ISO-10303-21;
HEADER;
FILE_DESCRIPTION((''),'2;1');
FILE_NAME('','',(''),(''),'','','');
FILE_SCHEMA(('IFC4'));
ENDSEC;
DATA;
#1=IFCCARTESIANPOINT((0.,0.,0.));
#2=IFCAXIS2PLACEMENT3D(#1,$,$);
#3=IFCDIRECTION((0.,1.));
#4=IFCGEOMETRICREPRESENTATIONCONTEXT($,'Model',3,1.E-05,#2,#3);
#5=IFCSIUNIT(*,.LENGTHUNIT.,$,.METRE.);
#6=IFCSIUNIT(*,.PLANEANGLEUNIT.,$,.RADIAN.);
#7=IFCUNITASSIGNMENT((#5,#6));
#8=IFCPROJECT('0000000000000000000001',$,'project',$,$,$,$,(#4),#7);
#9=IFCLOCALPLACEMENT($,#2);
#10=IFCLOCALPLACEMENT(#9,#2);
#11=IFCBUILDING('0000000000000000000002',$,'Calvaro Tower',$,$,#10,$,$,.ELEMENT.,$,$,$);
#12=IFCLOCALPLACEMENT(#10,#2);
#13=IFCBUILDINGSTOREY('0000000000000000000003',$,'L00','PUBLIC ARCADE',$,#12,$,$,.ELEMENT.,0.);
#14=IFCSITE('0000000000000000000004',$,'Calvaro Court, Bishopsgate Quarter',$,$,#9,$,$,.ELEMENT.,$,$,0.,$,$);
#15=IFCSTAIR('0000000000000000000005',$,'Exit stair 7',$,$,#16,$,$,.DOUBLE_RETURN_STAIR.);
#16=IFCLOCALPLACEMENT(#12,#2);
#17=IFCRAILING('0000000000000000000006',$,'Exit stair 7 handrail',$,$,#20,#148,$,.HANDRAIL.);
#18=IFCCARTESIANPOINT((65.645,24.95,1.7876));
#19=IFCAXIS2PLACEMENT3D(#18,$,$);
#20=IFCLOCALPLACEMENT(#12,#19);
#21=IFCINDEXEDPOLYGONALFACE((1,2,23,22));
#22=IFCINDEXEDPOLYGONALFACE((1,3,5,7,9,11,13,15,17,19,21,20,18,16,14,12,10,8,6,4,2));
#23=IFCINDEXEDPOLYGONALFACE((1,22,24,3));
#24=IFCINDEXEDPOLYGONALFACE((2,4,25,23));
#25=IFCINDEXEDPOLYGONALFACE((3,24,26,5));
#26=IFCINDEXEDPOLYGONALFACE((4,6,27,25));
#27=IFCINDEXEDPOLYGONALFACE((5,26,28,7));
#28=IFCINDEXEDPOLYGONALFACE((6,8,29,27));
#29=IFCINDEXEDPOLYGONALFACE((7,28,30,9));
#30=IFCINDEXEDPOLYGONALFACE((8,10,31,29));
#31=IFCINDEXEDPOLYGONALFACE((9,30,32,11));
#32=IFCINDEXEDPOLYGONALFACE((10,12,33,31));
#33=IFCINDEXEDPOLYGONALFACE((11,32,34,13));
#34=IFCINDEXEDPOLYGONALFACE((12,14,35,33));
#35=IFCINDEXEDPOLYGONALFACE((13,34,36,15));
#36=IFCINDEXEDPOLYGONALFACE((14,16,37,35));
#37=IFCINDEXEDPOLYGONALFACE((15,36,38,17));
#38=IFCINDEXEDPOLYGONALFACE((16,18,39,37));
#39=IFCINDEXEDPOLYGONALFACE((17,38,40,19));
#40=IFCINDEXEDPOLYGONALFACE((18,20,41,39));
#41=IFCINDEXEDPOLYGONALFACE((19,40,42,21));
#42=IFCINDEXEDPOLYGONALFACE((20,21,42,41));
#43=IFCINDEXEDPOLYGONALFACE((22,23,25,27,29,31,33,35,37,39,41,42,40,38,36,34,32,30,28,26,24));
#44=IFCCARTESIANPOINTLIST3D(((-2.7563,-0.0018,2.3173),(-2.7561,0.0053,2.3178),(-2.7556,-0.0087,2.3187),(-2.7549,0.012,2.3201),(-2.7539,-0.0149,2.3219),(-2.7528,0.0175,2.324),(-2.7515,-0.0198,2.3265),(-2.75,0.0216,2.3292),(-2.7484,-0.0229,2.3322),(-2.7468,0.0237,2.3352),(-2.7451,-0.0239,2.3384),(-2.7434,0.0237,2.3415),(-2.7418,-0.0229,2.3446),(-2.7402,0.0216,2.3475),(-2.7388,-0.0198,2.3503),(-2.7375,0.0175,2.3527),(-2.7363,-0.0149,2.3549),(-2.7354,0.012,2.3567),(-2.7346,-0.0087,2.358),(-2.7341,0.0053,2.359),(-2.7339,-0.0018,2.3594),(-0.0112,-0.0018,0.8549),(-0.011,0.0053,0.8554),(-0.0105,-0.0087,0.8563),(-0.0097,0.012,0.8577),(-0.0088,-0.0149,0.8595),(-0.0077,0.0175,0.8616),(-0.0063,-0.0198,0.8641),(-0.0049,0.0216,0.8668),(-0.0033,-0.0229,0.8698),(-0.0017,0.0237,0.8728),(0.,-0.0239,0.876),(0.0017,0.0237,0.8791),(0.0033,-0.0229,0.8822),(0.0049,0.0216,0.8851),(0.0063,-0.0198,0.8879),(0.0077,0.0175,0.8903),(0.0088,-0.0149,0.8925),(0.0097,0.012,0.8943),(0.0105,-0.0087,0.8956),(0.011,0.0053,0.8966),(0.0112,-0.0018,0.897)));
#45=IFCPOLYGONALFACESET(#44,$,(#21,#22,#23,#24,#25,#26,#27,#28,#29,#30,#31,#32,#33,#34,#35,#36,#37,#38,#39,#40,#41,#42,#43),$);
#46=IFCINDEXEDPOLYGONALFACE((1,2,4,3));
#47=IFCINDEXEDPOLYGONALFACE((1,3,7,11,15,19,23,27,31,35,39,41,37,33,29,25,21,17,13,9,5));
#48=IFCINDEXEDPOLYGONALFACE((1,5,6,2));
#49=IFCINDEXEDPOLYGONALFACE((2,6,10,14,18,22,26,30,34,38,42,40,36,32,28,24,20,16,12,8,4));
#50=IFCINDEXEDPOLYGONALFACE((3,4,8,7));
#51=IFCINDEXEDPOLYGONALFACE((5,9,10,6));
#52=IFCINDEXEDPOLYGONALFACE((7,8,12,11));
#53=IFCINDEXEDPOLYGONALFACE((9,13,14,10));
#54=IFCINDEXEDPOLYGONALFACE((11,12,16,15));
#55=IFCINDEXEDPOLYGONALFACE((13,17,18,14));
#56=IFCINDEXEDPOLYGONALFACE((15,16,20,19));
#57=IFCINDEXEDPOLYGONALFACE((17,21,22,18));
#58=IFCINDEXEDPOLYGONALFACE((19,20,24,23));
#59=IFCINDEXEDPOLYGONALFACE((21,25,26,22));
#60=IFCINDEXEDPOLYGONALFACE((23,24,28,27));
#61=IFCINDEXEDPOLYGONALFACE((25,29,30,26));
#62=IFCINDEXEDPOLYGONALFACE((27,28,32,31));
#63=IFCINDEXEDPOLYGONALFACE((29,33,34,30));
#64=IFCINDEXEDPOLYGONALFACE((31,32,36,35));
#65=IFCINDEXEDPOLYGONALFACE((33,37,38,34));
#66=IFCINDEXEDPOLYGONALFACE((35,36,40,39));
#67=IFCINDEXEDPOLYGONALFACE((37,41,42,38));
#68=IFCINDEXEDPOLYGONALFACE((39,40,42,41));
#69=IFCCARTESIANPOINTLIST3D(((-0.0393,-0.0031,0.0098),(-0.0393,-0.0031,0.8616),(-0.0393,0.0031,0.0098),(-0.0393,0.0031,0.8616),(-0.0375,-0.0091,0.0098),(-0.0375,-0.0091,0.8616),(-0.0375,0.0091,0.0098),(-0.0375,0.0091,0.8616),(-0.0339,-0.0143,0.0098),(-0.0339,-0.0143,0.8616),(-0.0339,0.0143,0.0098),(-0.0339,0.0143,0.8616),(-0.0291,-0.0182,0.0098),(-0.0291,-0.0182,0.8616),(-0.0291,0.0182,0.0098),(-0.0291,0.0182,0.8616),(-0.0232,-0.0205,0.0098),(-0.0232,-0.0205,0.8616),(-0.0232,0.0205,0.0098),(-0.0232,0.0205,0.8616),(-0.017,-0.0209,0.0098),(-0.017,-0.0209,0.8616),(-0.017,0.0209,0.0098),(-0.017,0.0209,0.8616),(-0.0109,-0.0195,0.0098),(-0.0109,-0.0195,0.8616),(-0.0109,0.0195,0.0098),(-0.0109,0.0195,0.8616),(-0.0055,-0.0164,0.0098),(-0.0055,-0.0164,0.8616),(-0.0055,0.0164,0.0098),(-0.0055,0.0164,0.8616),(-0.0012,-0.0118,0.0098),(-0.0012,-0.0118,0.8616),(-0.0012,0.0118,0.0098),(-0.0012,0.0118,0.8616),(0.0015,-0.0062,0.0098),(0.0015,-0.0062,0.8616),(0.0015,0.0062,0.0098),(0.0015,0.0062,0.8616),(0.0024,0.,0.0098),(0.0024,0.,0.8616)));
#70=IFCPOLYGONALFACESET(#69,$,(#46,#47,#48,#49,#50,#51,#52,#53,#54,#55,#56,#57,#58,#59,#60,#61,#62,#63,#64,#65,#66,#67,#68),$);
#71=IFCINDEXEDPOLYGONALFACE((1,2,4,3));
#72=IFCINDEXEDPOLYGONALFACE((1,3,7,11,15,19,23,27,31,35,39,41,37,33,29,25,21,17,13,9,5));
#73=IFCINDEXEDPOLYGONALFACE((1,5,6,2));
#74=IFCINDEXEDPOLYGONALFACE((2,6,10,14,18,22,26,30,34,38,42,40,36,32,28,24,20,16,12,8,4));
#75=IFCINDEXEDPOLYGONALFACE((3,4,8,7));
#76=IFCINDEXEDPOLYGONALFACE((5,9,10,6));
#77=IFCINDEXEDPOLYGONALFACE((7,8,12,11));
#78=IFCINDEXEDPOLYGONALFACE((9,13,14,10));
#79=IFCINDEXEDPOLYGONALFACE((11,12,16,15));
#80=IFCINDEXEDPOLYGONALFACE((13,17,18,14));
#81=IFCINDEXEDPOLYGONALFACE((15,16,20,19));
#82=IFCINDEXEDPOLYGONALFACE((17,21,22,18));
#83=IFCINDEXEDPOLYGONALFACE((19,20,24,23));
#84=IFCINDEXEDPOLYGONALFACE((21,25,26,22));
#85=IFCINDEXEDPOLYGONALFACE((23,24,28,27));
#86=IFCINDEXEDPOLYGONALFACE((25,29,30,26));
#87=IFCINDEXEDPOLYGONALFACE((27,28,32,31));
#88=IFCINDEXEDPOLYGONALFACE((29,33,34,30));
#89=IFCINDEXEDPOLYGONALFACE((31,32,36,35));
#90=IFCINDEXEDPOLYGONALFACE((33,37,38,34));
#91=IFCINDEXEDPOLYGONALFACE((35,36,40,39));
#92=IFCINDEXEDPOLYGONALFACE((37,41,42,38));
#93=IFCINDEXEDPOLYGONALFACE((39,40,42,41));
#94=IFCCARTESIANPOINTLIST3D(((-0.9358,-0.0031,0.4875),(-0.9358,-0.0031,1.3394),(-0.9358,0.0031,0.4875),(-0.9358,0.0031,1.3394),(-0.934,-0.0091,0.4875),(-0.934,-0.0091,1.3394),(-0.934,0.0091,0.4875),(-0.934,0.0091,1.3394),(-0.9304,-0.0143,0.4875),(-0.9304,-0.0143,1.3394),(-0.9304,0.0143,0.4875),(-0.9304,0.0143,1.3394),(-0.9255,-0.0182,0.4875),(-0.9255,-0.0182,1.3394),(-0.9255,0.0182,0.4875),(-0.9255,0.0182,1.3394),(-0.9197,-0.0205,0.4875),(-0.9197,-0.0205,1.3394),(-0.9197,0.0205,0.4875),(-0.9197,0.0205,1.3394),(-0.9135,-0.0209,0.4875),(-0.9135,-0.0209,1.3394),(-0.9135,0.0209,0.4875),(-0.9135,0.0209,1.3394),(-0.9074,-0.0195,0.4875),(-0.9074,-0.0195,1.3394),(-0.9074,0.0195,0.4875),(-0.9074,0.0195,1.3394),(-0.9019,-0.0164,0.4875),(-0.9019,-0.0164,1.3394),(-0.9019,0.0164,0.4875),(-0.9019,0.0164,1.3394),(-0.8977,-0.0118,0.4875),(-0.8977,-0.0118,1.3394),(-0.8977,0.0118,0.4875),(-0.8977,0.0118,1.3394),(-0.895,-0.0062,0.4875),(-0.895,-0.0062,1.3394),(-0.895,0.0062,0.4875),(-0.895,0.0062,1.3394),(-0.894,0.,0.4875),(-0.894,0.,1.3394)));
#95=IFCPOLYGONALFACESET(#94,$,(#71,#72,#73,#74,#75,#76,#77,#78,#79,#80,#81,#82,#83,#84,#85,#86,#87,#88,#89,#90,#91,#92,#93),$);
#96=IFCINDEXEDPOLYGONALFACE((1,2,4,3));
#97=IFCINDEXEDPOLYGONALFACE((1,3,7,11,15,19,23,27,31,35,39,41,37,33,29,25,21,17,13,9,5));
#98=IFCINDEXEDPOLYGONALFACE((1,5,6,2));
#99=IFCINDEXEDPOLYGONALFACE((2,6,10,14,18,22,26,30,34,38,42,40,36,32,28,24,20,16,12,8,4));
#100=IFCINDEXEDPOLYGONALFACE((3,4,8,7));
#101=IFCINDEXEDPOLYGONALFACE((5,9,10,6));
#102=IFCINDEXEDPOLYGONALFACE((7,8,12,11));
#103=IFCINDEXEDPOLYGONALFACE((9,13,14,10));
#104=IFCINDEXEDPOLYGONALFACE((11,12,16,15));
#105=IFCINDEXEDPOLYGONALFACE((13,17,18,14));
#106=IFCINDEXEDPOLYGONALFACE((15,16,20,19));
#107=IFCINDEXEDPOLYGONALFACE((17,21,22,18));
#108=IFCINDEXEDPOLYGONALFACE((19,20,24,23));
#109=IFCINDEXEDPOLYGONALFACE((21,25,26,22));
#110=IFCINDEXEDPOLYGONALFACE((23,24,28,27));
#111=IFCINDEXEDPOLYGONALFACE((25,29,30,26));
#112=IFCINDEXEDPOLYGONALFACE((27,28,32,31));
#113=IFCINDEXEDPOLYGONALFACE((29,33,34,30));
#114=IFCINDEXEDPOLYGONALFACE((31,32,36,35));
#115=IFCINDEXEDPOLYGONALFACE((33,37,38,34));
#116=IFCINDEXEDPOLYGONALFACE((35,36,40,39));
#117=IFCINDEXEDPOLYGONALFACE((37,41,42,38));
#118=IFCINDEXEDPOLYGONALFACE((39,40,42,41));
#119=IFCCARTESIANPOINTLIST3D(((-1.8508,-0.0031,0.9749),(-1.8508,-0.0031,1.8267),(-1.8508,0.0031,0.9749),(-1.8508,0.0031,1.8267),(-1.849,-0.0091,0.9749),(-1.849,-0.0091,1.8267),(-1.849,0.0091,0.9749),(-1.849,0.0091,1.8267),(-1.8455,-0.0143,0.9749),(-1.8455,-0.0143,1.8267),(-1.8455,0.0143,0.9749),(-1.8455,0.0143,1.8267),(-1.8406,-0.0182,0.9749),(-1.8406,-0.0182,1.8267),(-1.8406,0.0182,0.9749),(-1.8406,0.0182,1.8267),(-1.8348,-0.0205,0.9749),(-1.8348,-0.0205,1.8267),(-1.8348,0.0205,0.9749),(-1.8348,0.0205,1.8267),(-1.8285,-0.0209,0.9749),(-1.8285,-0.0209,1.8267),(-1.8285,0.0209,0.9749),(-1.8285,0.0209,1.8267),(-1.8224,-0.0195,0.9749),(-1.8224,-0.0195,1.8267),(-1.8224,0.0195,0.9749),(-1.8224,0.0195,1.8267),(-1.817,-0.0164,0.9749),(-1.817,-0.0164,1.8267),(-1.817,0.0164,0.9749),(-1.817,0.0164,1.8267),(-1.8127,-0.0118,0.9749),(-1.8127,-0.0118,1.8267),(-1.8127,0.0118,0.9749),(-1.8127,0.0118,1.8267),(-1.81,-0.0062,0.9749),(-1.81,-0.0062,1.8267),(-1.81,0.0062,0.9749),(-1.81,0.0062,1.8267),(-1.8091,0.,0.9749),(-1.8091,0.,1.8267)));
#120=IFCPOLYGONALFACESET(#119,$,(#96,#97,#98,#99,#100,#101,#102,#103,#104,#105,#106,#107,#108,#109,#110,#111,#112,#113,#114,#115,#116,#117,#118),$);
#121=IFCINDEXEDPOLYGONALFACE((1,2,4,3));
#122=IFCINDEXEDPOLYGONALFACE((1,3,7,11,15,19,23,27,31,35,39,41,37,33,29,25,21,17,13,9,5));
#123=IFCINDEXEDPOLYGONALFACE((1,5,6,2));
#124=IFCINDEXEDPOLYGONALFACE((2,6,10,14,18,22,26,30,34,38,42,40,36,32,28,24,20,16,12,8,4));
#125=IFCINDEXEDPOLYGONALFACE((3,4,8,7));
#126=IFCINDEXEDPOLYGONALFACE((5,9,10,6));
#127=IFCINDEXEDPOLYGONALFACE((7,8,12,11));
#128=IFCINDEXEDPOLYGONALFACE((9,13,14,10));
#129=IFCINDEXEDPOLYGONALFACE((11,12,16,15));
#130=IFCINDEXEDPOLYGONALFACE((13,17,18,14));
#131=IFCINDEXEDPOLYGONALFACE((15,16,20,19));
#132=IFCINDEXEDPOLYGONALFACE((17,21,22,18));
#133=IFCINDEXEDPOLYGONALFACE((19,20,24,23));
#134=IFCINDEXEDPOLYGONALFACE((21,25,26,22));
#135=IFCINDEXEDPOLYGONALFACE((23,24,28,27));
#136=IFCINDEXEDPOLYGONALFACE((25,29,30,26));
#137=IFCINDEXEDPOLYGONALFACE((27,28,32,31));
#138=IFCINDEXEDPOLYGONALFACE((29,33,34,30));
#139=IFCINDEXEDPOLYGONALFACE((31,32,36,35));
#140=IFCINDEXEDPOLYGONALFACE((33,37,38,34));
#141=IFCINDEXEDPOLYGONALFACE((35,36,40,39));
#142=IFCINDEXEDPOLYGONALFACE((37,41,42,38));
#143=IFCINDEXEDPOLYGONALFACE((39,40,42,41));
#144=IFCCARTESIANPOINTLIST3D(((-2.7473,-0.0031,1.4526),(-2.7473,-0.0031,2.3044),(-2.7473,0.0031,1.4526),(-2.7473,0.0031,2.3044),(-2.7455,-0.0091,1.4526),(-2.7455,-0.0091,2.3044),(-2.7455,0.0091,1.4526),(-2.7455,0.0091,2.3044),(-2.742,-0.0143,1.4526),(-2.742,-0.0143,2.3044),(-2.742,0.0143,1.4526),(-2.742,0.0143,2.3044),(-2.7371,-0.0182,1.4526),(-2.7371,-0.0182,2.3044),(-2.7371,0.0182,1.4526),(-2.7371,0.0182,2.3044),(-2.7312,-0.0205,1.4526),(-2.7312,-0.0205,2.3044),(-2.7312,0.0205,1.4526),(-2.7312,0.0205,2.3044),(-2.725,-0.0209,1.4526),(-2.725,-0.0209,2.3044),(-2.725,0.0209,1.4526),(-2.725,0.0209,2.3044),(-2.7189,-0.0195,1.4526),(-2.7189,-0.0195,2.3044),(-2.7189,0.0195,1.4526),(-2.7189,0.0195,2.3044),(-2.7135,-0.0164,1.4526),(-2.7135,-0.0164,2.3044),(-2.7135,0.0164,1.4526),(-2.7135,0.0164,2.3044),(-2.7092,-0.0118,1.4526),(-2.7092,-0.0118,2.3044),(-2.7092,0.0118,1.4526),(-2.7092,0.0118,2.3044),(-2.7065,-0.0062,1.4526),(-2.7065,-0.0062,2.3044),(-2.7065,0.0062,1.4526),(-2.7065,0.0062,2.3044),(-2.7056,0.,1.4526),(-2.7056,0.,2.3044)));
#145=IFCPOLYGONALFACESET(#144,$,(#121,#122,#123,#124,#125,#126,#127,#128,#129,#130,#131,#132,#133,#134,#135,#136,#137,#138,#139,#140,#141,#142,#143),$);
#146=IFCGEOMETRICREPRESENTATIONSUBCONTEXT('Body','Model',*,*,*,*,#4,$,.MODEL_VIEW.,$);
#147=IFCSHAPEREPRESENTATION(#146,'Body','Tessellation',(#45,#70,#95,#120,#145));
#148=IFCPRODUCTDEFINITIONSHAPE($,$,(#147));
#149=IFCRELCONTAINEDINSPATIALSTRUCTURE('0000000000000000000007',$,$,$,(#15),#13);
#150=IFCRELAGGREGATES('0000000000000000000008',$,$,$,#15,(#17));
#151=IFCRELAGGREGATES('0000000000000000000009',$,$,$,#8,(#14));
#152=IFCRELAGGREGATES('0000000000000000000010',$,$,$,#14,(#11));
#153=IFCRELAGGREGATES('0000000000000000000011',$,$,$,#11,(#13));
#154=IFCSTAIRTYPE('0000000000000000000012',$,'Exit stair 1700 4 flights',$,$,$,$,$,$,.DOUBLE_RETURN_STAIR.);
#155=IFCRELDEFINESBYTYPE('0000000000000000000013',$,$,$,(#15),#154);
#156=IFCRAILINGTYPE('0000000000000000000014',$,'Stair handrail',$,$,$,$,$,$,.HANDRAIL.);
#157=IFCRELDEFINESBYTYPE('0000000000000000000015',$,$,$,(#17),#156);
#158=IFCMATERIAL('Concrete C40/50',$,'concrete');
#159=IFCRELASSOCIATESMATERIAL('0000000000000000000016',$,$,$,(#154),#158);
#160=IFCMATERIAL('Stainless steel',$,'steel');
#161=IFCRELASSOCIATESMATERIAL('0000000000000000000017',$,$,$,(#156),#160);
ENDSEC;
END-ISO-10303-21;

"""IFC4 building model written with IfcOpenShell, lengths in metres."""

from ifc_helpers import new_model, si_unit, direction, frame, origin, origin_2d, place, context, subcontext, project, spatial, circle, extrude, material, type_object, element, aggregate, save


model = new_model("IFC4")

# Units and contexts
model_context = context("Model", 3, precision=1e-05, world=origin(), true_north=direction((0.0, 1.0)))
body_context = subcontext(model_context, "Body", "Model", "MODEL_VIEW")
ifc_project = project(units=[si_unit("LENGTHUNIT", "METRE"), si_unit("PLANEANGLEUNIT", "RADIAN")], contexts=[model_context])

# Site, building, storey
site_placement = place(None, origin())
site = spatial("IfcSite", under=ifc_project, at=site_placement, Name="Calvaro Court, Bishopsgate Quarter", CompositionType="ELEMENT", RefElevation=0.0)
building_placement = place(site_placement, origin())
building = spatial("IfcBuilding", under=site, at=building_placement, Name="Calvaro Tower", CompositionType="ELEMENT")
storey_placement = place(building_placement, origin())
storey = spatial("IfcBuildingStorey", under=building, at=storey_placement, Name="L00", Description="PUBLIC ARCADE", CompositionType="ELEMENT", Elevation=0.0)

# Stair, railing
ifc_material_1 = material(Name="Concrete C40/50", Category="concrete")
stair_type = type_object("IfcStairType", Name="Exit stair 1700 4 flights", PredefinedType="DOUBLE_RETURN_STAIR", material=ifc_material_1)
stair_placement = place(storey_placement, origin())
stair = element("IfcStair", 1, at=stair_placement, inside=storey, type_object=stair_type, Name="Exit stair 7", PredefinedType="DOUBLE_RETURN_STAIR")
ifc_material_2 = material(Name="Stainless steel", Category="steel")
railing_type = type_object("IfcRailingType", Name="Stair handrail", PredefinedType="HANDRAIL", material=ifc_material_2)
railing_1_placement = place(storey_placement, frame((65.645, 24.95, 1.7876)))
railing_1 = element("IfcRailing", 2, at=railing_1_placement, type_object=railing_type, Name="Exit stair 7 handrail", PredefinedType="HANDRAIL", context=body_context, shape_type="SweptSolid", body=[
    extrude(circle(Radius=0.0239, at=origin_2d()), frame((0.0, 0.0, 0.876), z_axis=(-0.882574, 0.0, 0.470173), x_axis=(0.0, -1.0, 0.0)), (0.0, 0.0, 1.0), 3.1104),
    extrude(circle(Radius=0.021, at=origin_2d()), frame((-0.0186, 0.0, 0.0098)), (0.0, 0.0, 1.0), 0.8518),
    extrude(circle(Radius=0.021, at=origin_2d()), frame((-0.915, 0.0, 0.4875)), (0.0, 0.0, 1.0), 0.8518),
    extrude(circle(Radius=0.021, at=origin_2d()), frame((-1.8301, 0.0, 0.9749)), (0.0, 0.0, 1.0), 0.8518),
    extrude(circle(Radius=0.021, at=origin_2d()), frame((-2.7266, 0.0, 1.4526)), (0.0, 0.0, 1.0), 0.8518),
])
aggregate(stair, [railing_1])

save(model, "model.ifc")
